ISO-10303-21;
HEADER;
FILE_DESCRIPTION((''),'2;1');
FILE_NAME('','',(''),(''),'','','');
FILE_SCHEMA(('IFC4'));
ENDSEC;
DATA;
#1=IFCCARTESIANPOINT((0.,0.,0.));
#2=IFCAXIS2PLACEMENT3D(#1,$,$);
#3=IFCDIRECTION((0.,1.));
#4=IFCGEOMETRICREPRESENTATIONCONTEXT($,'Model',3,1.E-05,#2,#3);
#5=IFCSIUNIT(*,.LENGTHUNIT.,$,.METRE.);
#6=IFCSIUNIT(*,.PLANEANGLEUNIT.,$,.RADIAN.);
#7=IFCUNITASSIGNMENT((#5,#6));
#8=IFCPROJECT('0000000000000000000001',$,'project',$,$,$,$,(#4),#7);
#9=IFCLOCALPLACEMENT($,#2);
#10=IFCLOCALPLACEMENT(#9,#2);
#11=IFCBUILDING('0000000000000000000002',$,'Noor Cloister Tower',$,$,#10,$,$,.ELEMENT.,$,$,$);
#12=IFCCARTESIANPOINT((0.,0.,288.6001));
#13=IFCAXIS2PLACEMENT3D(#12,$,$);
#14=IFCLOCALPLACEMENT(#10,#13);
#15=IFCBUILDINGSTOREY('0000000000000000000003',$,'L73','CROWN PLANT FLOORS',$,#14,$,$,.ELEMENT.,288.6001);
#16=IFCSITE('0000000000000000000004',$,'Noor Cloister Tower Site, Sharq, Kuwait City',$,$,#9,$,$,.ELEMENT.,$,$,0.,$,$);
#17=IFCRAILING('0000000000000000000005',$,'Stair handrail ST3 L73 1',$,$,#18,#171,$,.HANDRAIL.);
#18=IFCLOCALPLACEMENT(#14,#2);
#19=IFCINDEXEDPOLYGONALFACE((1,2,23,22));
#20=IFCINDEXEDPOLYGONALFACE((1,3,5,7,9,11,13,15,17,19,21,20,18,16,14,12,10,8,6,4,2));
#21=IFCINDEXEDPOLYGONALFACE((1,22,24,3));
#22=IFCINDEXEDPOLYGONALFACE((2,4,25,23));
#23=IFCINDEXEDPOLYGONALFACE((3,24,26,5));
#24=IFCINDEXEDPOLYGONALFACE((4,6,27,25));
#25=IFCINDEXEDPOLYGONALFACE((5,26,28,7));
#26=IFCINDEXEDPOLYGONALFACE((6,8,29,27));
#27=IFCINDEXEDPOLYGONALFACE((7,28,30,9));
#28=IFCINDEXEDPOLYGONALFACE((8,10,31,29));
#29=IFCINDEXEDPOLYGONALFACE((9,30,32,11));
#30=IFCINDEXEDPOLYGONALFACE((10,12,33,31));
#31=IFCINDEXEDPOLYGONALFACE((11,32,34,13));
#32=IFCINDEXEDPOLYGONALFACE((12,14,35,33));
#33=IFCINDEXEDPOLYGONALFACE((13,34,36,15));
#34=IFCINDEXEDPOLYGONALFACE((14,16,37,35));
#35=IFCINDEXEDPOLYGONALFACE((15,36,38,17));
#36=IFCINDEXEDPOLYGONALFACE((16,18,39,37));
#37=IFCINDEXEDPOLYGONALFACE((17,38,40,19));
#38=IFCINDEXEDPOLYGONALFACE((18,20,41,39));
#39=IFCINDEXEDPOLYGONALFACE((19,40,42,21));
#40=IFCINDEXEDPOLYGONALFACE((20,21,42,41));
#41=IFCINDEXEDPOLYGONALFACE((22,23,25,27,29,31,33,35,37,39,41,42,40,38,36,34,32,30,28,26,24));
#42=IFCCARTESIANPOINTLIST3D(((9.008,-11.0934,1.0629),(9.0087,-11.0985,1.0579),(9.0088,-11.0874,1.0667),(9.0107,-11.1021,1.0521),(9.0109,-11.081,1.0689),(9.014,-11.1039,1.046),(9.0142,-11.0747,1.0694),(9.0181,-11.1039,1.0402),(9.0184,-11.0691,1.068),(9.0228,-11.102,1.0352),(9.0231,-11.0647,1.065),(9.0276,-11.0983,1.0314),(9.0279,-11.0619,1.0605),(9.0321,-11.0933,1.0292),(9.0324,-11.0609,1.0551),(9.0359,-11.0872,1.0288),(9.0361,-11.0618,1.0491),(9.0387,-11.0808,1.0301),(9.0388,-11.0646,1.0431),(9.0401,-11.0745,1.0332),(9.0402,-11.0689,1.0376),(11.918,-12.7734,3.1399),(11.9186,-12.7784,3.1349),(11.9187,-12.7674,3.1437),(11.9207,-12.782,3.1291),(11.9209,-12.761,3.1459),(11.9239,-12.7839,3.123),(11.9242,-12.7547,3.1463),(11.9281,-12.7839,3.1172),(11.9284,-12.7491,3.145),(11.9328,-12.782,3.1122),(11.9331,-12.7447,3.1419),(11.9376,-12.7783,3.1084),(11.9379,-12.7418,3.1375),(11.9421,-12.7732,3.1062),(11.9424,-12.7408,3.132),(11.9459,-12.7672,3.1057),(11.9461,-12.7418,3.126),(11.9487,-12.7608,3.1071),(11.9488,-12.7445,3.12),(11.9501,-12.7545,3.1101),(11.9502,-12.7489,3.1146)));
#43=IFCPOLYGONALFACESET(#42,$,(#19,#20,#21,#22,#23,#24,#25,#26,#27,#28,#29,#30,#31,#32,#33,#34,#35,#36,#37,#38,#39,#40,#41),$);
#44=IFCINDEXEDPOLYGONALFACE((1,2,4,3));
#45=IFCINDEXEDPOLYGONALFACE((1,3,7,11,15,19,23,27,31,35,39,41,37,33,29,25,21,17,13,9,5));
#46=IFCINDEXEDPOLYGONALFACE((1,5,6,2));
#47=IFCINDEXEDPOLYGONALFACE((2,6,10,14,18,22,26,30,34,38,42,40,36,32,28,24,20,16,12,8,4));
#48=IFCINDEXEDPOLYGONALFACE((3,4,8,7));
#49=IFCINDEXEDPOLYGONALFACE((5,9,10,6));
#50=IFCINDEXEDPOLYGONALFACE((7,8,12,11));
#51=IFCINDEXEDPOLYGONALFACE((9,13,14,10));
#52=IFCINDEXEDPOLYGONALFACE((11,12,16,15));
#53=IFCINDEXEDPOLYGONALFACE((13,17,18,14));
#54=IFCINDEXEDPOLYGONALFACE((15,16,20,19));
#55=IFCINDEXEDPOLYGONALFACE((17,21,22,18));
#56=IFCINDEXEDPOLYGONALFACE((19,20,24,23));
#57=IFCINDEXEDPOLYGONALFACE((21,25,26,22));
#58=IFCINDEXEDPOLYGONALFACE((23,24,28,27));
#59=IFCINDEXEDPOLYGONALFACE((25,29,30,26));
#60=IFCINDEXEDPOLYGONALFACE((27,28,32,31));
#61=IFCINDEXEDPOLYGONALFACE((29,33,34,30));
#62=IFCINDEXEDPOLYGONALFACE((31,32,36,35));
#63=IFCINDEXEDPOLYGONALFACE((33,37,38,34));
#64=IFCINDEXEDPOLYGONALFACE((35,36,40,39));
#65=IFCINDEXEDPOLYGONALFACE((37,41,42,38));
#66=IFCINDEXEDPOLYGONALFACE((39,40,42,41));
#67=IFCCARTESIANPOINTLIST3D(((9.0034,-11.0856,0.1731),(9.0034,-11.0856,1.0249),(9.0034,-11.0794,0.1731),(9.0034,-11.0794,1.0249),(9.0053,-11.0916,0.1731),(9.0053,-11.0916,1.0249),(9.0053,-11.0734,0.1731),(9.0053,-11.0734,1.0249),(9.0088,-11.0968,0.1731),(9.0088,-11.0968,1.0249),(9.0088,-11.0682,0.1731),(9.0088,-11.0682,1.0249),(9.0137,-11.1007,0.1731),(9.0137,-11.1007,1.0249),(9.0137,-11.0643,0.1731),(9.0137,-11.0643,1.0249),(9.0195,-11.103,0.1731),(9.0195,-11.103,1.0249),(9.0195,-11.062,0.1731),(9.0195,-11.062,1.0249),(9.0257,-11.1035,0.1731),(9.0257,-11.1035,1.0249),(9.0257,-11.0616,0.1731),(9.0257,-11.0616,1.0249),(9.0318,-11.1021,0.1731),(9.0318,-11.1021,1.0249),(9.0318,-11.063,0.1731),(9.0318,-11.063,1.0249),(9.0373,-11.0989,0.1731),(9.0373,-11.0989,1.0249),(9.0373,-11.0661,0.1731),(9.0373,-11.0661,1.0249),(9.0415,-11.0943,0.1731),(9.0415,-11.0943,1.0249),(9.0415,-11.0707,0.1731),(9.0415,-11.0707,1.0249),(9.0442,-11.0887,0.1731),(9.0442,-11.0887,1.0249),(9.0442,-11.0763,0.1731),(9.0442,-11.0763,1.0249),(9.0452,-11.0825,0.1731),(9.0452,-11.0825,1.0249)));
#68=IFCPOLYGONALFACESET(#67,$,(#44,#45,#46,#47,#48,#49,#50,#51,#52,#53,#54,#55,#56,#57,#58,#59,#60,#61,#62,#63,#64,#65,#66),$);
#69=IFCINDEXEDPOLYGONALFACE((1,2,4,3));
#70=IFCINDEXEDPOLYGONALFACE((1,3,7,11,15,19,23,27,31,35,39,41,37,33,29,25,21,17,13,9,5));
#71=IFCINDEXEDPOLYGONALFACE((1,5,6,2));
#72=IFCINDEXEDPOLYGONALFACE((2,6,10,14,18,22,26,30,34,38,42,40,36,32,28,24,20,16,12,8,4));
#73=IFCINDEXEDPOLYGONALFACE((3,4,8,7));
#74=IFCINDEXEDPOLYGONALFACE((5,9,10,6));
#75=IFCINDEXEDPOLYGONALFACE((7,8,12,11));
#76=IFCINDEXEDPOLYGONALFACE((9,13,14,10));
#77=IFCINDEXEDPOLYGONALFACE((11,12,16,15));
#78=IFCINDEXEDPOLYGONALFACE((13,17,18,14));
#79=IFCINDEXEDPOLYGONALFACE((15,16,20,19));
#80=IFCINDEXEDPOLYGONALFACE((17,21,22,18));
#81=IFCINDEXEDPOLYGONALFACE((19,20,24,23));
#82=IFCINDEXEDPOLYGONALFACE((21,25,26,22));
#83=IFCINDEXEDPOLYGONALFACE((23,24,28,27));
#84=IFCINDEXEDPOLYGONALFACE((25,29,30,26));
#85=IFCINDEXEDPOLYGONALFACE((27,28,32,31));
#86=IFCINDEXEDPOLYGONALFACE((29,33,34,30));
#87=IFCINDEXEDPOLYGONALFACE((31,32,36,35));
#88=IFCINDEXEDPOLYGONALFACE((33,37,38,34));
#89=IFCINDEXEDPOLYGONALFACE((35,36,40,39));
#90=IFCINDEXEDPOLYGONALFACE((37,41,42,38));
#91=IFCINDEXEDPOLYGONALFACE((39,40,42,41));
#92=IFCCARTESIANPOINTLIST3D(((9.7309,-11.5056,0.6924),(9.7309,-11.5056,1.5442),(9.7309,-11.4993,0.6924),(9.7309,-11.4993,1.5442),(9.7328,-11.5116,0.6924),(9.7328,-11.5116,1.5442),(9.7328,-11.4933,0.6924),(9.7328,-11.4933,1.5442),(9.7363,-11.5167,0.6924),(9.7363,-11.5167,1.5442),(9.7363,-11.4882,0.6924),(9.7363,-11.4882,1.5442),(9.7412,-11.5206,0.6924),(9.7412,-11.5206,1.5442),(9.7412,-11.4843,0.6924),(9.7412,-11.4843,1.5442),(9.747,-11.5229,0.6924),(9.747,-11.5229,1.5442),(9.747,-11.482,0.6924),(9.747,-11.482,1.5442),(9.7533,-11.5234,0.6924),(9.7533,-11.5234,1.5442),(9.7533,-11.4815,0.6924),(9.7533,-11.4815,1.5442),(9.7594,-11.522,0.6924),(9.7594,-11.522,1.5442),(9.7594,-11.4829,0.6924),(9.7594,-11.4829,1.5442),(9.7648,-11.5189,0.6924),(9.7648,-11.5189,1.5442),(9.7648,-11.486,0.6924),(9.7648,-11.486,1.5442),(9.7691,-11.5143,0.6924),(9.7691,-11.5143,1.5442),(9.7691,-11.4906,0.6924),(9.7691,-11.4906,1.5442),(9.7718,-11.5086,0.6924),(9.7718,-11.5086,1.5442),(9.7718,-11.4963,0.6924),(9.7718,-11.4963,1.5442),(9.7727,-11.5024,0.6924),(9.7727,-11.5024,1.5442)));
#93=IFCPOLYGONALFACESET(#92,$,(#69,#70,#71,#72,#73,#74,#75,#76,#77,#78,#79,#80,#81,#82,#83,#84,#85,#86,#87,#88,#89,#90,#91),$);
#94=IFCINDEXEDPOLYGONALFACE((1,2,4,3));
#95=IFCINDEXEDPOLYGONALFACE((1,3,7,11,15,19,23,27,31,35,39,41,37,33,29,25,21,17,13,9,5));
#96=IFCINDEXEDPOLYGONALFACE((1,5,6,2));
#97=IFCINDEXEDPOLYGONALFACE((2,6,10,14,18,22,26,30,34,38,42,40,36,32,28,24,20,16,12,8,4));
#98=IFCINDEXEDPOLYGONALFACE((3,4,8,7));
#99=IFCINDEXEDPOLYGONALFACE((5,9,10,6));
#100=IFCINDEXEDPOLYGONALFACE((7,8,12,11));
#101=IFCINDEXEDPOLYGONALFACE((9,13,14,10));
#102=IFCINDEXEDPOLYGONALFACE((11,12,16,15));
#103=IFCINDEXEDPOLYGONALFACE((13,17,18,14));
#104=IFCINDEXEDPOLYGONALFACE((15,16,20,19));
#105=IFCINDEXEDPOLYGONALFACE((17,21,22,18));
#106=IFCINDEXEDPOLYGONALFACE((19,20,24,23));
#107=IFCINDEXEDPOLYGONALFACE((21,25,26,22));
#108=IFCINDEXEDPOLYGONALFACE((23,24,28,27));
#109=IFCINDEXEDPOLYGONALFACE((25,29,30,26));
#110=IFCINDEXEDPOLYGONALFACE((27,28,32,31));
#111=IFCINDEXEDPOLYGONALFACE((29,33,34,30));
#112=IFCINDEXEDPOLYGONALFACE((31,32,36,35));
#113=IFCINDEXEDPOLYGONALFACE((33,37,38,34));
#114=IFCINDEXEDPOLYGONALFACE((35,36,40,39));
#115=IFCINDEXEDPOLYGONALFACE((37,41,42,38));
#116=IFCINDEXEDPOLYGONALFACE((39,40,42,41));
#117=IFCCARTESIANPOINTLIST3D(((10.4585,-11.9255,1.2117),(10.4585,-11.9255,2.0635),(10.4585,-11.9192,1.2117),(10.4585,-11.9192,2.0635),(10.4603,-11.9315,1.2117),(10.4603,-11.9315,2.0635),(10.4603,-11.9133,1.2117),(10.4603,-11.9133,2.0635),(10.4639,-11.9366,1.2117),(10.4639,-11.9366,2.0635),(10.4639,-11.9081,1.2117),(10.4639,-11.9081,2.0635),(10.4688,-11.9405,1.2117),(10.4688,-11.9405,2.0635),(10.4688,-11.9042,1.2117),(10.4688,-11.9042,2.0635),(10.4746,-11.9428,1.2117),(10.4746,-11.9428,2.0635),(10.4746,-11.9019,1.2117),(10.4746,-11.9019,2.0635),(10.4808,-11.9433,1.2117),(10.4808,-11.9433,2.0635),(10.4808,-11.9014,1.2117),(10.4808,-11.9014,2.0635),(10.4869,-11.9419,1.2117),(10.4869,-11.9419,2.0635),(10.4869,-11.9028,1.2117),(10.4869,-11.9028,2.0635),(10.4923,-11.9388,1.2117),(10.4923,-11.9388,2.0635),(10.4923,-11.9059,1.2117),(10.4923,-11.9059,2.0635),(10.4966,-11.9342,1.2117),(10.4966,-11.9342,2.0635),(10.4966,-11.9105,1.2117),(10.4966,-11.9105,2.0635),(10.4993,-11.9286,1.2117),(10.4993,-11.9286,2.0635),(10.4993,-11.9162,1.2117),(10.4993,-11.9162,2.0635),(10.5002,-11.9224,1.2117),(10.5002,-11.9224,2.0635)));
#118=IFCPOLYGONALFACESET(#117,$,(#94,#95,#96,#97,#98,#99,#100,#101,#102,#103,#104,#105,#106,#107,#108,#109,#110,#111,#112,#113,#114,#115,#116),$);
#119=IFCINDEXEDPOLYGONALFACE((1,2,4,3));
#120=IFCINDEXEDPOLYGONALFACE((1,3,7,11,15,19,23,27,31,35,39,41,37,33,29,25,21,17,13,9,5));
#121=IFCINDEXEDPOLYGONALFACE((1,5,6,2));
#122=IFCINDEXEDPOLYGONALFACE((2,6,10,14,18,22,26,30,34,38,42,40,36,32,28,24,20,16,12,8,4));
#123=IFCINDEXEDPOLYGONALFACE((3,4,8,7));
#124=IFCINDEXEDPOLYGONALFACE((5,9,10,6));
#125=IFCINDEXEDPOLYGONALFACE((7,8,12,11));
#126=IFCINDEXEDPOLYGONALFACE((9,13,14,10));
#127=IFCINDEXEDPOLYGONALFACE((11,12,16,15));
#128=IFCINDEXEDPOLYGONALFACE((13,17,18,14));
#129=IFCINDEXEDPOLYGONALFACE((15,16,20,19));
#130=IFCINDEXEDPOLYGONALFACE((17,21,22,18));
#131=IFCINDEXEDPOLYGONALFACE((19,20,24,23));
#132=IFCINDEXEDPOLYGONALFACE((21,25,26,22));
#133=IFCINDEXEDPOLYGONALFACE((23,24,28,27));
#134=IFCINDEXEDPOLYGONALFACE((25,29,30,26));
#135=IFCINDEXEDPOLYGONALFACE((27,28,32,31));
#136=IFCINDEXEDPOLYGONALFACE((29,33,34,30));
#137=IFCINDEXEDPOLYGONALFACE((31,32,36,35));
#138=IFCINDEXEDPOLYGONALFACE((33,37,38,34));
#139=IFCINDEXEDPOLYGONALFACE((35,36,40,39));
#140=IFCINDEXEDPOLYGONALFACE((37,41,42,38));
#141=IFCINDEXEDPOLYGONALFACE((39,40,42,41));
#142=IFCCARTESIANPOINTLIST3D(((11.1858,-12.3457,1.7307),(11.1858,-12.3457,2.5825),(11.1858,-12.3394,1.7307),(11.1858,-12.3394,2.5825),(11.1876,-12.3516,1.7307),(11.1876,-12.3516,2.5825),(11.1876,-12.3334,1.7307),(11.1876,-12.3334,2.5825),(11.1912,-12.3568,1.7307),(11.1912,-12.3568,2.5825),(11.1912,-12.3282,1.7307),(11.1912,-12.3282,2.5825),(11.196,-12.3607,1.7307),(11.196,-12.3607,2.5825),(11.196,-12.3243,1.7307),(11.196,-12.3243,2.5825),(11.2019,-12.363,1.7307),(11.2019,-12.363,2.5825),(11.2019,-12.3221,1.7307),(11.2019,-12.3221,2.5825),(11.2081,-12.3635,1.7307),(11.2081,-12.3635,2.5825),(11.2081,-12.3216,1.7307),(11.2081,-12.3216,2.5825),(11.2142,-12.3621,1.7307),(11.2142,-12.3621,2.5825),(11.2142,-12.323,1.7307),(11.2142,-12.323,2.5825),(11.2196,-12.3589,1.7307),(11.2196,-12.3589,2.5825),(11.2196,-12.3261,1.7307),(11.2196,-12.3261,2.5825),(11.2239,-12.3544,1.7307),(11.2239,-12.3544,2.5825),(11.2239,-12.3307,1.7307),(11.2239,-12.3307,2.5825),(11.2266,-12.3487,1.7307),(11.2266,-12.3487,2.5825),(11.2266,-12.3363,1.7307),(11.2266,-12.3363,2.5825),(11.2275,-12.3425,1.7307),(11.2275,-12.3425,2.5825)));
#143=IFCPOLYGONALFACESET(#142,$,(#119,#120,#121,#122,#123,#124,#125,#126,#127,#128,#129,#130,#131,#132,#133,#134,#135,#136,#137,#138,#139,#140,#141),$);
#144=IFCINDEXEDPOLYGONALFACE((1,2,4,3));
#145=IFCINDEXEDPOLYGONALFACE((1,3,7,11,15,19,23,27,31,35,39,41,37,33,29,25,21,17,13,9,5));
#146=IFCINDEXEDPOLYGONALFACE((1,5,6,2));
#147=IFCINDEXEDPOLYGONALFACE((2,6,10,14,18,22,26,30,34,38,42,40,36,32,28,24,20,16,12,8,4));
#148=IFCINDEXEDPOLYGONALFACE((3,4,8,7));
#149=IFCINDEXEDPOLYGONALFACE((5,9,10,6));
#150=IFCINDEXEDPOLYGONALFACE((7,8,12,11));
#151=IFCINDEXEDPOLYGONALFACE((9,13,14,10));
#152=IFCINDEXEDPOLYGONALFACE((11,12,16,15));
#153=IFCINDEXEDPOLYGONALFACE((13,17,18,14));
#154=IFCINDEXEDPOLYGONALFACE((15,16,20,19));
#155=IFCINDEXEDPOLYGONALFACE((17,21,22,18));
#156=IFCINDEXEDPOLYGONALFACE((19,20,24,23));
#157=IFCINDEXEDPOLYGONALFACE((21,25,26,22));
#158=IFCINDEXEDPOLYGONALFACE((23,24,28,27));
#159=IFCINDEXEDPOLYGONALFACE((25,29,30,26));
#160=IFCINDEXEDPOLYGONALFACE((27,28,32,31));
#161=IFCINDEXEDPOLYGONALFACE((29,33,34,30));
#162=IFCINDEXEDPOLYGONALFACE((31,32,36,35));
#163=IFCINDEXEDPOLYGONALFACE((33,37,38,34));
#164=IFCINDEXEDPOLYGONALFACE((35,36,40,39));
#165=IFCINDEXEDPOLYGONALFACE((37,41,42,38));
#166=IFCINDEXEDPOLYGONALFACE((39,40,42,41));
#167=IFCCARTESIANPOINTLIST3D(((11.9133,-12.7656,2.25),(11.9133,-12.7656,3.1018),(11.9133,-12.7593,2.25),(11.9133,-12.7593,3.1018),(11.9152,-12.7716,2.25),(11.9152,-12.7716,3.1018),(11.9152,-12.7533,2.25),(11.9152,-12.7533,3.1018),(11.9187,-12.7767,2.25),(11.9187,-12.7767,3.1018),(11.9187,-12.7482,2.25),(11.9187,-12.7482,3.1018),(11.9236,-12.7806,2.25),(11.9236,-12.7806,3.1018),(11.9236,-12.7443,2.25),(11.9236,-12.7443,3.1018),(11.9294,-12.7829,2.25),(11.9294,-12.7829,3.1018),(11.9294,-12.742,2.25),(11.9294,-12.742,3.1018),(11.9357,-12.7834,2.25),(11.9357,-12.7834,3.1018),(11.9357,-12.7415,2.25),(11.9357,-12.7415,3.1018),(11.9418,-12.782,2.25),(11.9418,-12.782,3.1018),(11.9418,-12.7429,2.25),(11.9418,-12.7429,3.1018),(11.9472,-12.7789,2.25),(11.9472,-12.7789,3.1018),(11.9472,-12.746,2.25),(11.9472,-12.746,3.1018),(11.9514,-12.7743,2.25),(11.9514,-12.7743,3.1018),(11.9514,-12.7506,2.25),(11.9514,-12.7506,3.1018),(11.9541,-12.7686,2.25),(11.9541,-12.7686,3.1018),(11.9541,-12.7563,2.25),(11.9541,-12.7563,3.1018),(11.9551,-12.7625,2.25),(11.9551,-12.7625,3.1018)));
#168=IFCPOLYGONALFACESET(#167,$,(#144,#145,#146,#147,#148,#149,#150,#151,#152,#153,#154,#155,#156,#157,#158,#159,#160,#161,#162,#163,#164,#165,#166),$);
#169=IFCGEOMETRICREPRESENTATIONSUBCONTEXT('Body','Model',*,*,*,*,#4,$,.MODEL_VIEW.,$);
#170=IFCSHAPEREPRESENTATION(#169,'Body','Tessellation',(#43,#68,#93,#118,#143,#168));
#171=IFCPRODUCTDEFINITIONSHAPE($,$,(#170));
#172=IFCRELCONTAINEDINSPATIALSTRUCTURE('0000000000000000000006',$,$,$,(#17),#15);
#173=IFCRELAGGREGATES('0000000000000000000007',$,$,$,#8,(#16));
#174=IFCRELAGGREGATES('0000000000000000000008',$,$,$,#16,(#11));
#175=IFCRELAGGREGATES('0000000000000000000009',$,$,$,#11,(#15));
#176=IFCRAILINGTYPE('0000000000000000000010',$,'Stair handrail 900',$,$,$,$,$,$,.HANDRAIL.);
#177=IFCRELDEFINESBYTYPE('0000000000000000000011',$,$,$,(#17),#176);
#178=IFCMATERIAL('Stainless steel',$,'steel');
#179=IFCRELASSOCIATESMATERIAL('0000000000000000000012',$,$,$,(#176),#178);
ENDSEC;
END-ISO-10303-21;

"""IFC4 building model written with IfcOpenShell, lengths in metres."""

from ifc_helpers import new_model, si_unit, direction, frame, origin, origin_2d, place, context, subcontext, project, spatial, circle, extrude, material, type_object, element, save


model = new_model("IFC4")

# Units and contexts
model_context = context("Model", 3, precision=1e-05, world=origin(), true_north=direction((0.0, 1.0)))
body_context = subcontext(model_context, "Body", "Model", "MODEL_VIEW")
ifc_project = project(units=[si_unit("LENGTHUNIT", "METRE"), si_unit("PLANEANGLEUNIT", "RADIAN")], contexts=[model_context])

# Site, building, storey
site_placement = place(None, origin())
site = spatial("IfcSite", under=ifc_project, at=site_placement, Name="Noor Cloister Tower Site, Sharq, Kuwait City", CompositionType="ELEMENT", RefElevation=0.0)
building_placement = place(site_placement, origin())
building = spatial("IfcBuilding", under=site, at=building_placement, Name="Noor Cloister Tower", CompositionType="ELEMENT")
storey_placement = place(building_placement, frame((0.0, 0.0, 288.6001)))
storey = spatial("IfcBuildingStorey", under=building, at=storey_placement, Name="L73", Description="CROWN PLANT FLOORS", CompositionType="ELEMENT", Elevation=288.6001)

# Railing
ifc_material_1 = material(Name="Stainless steel", Category="steel")
railing_type_1 = type_object("IfcRailingType", Name="Stair handrail 900", PredefinedType="HANDRAIL", material=ifc_material_1)
railing_1_placement = place(storey_placement, frame((9.0242, -11.0825, 0.1731)))
element("IfcRailing", 1, at=railing_1_placement, inside=storey, type_object=railing_type_1, Name="Stair handrail ST3 L73 1", PredefinedType="HANDRAIL", context=body_context, shape_type="SweptSolid", body=[
    extrude(circle(Radius=0.0239, at=origin_2d()), frame((0.0, 0.0, 0.876), z_axis=(0.736668, -0.425288, 0.525785), x_axis=(0.499976, 0.866039, 0.0)), (0.0, 0.0, 1.0), 3.9502),
    extrude(circle(Radius=0.021, at=origin_2d()), origin(), (0.0, 0.0, 1.0), 0.8518),
    extrude(circle(Radius=0.021, at=origin_2d()), frame((0.7275, -0.4199, 0.5193)), (0.0, 0.0, 1.0), 0.8518),
    extrude(circle(Radius=0.021, at=origin_2d()), frame((1.4551, -0.8398, 1.0386)), (0.0, 0.0, 1.0), 0.8518),
    extrude(circle(Radius=0.021, at=origin_2d()), frame((2.1824, -1.26, 1.5576)), (0.0, 0.0, 1.0), 0.8518),
    extrude(circle(Radius=0.021, at=origin_2d()), frame((2.9099, -1.6799, 2.0769)), (0.0, 0.0, 1.0), 0.8518),
])

save(model, "model.ifc")
